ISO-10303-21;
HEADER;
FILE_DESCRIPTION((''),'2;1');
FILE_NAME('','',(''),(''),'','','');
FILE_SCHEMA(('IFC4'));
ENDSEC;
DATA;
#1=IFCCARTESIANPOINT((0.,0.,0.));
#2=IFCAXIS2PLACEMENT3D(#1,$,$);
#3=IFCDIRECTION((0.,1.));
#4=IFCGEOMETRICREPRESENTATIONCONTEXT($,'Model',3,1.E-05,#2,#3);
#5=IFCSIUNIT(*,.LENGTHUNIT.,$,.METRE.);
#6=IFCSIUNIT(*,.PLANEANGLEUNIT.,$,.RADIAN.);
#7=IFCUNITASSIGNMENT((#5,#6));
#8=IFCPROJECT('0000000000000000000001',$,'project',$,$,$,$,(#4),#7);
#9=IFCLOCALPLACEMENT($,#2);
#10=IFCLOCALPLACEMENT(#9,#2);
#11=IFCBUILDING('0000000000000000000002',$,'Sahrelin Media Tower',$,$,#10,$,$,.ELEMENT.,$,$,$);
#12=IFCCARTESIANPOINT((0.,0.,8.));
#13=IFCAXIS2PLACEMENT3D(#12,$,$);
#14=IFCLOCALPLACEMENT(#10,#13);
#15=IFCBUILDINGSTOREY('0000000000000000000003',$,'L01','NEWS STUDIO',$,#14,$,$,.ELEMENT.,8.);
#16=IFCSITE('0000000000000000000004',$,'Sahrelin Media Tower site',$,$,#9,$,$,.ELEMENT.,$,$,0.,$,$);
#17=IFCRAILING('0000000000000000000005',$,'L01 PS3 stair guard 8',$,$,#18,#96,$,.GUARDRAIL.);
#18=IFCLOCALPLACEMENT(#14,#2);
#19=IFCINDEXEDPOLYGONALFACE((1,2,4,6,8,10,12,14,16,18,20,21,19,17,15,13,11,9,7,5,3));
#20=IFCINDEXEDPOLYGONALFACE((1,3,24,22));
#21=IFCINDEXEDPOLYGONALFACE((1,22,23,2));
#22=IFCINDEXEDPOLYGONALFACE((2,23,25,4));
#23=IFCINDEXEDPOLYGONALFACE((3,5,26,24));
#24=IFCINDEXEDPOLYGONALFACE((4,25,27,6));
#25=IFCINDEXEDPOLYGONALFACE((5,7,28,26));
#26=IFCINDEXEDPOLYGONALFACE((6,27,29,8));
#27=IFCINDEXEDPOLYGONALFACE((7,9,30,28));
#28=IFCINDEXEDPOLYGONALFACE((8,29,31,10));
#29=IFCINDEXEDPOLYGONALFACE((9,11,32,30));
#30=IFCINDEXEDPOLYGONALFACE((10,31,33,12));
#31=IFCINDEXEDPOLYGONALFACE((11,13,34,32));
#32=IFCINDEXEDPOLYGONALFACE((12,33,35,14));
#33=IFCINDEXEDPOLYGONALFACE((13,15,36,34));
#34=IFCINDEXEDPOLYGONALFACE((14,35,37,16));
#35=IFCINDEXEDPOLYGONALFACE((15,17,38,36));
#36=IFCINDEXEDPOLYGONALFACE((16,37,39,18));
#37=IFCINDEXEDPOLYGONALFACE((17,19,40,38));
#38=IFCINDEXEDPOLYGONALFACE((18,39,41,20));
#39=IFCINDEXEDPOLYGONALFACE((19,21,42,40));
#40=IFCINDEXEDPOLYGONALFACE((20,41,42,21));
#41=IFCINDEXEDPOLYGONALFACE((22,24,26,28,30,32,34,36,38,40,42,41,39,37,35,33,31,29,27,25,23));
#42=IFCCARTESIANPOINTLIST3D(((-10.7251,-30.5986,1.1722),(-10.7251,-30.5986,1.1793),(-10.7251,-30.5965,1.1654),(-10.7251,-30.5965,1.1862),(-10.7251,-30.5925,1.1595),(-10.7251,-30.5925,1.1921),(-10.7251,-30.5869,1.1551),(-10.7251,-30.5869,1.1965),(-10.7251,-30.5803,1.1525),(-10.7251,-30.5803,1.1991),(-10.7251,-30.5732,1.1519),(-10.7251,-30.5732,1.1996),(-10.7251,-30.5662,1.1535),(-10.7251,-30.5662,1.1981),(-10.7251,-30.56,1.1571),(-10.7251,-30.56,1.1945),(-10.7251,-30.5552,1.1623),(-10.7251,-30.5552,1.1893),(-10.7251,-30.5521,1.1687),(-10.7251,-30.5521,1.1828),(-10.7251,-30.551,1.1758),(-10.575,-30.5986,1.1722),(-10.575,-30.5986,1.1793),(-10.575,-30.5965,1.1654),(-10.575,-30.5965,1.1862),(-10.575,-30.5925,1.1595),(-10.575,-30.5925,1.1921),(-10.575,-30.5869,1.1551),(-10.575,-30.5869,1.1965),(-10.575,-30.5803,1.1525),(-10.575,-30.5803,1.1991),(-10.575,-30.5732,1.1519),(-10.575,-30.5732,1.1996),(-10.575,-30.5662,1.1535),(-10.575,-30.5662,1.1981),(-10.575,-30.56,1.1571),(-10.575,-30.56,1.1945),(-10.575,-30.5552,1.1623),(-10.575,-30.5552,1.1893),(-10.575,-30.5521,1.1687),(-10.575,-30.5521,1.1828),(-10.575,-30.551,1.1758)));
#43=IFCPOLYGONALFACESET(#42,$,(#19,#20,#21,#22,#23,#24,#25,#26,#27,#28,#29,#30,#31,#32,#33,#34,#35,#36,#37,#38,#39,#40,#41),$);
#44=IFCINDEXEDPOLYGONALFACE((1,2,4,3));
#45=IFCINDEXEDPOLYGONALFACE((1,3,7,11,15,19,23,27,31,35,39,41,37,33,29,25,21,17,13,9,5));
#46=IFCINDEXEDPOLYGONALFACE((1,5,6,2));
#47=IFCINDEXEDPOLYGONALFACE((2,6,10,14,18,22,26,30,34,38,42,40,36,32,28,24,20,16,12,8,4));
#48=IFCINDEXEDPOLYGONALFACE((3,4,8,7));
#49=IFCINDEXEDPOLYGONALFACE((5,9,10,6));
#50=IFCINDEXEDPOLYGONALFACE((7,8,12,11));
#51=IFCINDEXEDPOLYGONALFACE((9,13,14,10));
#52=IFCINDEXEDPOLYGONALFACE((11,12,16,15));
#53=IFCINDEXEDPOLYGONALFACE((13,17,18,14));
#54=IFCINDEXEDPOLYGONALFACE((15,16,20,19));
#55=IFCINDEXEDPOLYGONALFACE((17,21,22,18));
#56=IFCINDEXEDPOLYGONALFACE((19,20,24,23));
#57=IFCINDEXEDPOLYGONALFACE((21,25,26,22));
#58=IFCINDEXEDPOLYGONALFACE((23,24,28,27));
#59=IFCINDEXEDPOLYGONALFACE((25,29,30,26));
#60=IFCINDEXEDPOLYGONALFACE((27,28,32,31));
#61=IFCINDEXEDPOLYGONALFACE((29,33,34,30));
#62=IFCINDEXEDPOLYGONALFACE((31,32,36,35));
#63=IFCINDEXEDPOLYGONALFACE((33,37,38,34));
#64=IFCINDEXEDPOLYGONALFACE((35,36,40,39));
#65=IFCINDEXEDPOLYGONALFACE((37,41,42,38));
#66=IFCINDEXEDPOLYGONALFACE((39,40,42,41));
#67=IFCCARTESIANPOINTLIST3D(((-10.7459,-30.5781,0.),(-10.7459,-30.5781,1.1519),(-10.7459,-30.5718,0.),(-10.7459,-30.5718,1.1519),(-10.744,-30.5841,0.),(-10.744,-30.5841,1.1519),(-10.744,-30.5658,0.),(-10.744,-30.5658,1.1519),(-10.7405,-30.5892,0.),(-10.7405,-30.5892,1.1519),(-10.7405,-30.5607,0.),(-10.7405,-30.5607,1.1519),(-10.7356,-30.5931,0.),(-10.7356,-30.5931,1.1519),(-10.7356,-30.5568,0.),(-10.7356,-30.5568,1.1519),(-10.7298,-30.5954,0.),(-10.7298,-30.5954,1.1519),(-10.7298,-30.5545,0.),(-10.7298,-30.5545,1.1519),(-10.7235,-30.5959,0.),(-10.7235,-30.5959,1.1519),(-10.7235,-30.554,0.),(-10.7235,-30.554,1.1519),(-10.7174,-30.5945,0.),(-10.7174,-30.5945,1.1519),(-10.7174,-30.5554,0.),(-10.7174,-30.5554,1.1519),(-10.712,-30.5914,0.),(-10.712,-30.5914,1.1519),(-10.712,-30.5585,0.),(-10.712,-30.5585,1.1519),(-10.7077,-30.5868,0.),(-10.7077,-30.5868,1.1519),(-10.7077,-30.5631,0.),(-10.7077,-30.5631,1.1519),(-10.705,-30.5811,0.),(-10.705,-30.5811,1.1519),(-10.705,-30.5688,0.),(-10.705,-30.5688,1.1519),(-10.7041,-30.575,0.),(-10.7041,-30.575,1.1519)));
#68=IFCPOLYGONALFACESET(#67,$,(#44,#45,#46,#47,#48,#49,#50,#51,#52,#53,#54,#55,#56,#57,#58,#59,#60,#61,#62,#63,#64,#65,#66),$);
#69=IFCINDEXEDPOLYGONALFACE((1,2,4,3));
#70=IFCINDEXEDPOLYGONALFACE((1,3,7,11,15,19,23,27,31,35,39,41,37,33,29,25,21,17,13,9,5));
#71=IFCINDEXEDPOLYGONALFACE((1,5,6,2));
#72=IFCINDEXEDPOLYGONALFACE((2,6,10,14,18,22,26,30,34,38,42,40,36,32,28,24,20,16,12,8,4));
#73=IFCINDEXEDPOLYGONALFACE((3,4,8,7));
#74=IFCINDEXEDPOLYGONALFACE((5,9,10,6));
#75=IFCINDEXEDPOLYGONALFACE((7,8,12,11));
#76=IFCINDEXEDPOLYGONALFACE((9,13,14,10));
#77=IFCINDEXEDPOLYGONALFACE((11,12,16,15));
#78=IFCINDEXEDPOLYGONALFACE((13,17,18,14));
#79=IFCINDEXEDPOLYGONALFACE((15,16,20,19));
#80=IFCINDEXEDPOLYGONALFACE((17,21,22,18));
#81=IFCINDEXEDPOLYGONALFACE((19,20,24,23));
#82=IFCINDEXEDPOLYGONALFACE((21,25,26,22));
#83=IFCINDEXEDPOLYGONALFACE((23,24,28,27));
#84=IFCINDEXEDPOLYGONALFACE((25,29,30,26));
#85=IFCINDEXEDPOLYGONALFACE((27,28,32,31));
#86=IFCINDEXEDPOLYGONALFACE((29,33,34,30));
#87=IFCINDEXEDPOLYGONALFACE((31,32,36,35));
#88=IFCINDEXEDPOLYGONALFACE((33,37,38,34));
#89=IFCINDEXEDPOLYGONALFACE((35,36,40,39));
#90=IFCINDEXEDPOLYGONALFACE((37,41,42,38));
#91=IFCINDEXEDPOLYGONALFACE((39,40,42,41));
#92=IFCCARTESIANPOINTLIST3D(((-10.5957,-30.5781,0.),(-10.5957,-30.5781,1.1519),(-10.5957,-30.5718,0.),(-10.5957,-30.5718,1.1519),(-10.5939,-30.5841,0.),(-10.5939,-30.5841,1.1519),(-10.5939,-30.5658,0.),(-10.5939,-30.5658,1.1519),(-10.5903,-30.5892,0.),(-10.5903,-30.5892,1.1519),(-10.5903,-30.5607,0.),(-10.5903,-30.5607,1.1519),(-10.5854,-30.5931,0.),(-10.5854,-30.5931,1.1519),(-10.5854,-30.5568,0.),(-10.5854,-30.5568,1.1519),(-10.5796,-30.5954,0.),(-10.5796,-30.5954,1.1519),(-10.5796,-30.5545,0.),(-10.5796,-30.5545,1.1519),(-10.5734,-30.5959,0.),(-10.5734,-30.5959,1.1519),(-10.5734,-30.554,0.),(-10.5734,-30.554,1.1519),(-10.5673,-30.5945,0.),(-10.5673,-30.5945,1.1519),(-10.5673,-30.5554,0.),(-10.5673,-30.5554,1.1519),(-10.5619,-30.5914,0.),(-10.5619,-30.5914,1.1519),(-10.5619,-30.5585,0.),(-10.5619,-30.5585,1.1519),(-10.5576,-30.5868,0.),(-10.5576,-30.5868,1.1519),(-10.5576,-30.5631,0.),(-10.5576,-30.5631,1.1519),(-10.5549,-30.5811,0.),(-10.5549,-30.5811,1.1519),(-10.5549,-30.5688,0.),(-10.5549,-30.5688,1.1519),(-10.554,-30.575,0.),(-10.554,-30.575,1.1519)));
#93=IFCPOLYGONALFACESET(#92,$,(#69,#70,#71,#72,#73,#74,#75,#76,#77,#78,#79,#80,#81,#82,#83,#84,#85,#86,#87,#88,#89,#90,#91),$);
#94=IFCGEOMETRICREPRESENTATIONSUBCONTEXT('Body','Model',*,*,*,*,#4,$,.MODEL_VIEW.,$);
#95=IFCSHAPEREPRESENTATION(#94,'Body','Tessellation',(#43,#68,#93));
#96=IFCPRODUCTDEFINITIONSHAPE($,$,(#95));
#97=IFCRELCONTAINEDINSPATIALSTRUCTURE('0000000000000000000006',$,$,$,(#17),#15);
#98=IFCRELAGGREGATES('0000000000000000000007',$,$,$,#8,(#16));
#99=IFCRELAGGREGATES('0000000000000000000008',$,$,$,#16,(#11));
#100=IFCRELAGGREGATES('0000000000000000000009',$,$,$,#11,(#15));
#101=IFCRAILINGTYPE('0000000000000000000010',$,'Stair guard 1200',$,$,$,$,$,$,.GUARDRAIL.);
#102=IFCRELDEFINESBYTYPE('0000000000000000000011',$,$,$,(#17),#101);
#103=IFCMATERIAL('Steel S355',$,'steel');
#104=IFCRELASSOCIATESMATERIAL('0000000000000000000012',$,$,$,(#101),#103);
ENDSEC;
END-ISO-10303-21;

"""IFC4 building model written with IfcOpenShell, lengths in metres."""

from ifc_helpers import new_model, si_unit, direction, frame, origin, origin_2d, place, context, subcontext, project, spatial, circle, extrude, material, type_object, element, save


model = new_model("IFC4")

# Units and contexts
model_context = context("Model", 3, precision=1e-05, world=origin(), true_north=direction((0.0, 1.0)))
body_context = subcontext(model_context, "Body", "Model", "MODEL_VIEW")
ifc_project = project(units=[si_unit("LENGTHUNIT", "METRE"), si_unit("PLANEANGLEUNIT", "RADIAN")], contexts=[model_context])

# Site, building, storey
site_placement = place(None, origin())
site = spatial("IfcSite", under=ifc_project, at=site_placement, Name="Sahrelin Media Tower site", CompositionType="ELEMENT", RefElevation=0.0)
building_placement = place(site_placement, origin())
building = spatial("IfcBuilding", under=site, at=building_placement, Name="Sahrelin Media Tower", CompositionType="ELEMENT")
storey_placement = place(building_placement, frame((0.0, 0.0, 8.0)))
storey = spatial("IfcBuildingStorey", under=building, at=storey_placement, Name="L01", Description="NEWS STUDIO", CompositionType="ELEMENT", Elevation=8.0)

# Shared definitions
ifc_material_1 = material(Name="Steel S355", Category="steel")

# Railing
railing_type_1 = type_object("IfcRailingType", Name="Stair guard 1200", PredefinedType="GUARDRAIL", material=ifc_material_1)
railing_1_placement = place(storey_placement, frame((-10.7251, -30.575, 0.0)))
element("IfcRailing", 1, at=railing_1_placement, inside=storey, type_object=railing_type_1, Name="L01 PS3 stair guard 8", PredefinedType="GUARDRAIL", context=body_context, shape_type="SweptSolid", body=[
    extrude(circle(Radius=0.0239, at=origin_2d()), frame((0.0, 0.0, 1.1758), z_axis=(1.0, 0.0, 0.0), x_axis=(0.0, 1.0, 0.0)), (0.0, 0.0, 1.0), 0.1501),
    extrude(circle(Radius=0.021, at=origin_2d()), origin(), (0.0, 0.0, 1.0), 1.1519),
    extrude(circle(Radius=0.021, at=origin_2d()), frame((0.1501, 0.0, 0.0)), (0.0, 0.0, 1.0), 1.1519),
])

save(model, "model.ifc")
